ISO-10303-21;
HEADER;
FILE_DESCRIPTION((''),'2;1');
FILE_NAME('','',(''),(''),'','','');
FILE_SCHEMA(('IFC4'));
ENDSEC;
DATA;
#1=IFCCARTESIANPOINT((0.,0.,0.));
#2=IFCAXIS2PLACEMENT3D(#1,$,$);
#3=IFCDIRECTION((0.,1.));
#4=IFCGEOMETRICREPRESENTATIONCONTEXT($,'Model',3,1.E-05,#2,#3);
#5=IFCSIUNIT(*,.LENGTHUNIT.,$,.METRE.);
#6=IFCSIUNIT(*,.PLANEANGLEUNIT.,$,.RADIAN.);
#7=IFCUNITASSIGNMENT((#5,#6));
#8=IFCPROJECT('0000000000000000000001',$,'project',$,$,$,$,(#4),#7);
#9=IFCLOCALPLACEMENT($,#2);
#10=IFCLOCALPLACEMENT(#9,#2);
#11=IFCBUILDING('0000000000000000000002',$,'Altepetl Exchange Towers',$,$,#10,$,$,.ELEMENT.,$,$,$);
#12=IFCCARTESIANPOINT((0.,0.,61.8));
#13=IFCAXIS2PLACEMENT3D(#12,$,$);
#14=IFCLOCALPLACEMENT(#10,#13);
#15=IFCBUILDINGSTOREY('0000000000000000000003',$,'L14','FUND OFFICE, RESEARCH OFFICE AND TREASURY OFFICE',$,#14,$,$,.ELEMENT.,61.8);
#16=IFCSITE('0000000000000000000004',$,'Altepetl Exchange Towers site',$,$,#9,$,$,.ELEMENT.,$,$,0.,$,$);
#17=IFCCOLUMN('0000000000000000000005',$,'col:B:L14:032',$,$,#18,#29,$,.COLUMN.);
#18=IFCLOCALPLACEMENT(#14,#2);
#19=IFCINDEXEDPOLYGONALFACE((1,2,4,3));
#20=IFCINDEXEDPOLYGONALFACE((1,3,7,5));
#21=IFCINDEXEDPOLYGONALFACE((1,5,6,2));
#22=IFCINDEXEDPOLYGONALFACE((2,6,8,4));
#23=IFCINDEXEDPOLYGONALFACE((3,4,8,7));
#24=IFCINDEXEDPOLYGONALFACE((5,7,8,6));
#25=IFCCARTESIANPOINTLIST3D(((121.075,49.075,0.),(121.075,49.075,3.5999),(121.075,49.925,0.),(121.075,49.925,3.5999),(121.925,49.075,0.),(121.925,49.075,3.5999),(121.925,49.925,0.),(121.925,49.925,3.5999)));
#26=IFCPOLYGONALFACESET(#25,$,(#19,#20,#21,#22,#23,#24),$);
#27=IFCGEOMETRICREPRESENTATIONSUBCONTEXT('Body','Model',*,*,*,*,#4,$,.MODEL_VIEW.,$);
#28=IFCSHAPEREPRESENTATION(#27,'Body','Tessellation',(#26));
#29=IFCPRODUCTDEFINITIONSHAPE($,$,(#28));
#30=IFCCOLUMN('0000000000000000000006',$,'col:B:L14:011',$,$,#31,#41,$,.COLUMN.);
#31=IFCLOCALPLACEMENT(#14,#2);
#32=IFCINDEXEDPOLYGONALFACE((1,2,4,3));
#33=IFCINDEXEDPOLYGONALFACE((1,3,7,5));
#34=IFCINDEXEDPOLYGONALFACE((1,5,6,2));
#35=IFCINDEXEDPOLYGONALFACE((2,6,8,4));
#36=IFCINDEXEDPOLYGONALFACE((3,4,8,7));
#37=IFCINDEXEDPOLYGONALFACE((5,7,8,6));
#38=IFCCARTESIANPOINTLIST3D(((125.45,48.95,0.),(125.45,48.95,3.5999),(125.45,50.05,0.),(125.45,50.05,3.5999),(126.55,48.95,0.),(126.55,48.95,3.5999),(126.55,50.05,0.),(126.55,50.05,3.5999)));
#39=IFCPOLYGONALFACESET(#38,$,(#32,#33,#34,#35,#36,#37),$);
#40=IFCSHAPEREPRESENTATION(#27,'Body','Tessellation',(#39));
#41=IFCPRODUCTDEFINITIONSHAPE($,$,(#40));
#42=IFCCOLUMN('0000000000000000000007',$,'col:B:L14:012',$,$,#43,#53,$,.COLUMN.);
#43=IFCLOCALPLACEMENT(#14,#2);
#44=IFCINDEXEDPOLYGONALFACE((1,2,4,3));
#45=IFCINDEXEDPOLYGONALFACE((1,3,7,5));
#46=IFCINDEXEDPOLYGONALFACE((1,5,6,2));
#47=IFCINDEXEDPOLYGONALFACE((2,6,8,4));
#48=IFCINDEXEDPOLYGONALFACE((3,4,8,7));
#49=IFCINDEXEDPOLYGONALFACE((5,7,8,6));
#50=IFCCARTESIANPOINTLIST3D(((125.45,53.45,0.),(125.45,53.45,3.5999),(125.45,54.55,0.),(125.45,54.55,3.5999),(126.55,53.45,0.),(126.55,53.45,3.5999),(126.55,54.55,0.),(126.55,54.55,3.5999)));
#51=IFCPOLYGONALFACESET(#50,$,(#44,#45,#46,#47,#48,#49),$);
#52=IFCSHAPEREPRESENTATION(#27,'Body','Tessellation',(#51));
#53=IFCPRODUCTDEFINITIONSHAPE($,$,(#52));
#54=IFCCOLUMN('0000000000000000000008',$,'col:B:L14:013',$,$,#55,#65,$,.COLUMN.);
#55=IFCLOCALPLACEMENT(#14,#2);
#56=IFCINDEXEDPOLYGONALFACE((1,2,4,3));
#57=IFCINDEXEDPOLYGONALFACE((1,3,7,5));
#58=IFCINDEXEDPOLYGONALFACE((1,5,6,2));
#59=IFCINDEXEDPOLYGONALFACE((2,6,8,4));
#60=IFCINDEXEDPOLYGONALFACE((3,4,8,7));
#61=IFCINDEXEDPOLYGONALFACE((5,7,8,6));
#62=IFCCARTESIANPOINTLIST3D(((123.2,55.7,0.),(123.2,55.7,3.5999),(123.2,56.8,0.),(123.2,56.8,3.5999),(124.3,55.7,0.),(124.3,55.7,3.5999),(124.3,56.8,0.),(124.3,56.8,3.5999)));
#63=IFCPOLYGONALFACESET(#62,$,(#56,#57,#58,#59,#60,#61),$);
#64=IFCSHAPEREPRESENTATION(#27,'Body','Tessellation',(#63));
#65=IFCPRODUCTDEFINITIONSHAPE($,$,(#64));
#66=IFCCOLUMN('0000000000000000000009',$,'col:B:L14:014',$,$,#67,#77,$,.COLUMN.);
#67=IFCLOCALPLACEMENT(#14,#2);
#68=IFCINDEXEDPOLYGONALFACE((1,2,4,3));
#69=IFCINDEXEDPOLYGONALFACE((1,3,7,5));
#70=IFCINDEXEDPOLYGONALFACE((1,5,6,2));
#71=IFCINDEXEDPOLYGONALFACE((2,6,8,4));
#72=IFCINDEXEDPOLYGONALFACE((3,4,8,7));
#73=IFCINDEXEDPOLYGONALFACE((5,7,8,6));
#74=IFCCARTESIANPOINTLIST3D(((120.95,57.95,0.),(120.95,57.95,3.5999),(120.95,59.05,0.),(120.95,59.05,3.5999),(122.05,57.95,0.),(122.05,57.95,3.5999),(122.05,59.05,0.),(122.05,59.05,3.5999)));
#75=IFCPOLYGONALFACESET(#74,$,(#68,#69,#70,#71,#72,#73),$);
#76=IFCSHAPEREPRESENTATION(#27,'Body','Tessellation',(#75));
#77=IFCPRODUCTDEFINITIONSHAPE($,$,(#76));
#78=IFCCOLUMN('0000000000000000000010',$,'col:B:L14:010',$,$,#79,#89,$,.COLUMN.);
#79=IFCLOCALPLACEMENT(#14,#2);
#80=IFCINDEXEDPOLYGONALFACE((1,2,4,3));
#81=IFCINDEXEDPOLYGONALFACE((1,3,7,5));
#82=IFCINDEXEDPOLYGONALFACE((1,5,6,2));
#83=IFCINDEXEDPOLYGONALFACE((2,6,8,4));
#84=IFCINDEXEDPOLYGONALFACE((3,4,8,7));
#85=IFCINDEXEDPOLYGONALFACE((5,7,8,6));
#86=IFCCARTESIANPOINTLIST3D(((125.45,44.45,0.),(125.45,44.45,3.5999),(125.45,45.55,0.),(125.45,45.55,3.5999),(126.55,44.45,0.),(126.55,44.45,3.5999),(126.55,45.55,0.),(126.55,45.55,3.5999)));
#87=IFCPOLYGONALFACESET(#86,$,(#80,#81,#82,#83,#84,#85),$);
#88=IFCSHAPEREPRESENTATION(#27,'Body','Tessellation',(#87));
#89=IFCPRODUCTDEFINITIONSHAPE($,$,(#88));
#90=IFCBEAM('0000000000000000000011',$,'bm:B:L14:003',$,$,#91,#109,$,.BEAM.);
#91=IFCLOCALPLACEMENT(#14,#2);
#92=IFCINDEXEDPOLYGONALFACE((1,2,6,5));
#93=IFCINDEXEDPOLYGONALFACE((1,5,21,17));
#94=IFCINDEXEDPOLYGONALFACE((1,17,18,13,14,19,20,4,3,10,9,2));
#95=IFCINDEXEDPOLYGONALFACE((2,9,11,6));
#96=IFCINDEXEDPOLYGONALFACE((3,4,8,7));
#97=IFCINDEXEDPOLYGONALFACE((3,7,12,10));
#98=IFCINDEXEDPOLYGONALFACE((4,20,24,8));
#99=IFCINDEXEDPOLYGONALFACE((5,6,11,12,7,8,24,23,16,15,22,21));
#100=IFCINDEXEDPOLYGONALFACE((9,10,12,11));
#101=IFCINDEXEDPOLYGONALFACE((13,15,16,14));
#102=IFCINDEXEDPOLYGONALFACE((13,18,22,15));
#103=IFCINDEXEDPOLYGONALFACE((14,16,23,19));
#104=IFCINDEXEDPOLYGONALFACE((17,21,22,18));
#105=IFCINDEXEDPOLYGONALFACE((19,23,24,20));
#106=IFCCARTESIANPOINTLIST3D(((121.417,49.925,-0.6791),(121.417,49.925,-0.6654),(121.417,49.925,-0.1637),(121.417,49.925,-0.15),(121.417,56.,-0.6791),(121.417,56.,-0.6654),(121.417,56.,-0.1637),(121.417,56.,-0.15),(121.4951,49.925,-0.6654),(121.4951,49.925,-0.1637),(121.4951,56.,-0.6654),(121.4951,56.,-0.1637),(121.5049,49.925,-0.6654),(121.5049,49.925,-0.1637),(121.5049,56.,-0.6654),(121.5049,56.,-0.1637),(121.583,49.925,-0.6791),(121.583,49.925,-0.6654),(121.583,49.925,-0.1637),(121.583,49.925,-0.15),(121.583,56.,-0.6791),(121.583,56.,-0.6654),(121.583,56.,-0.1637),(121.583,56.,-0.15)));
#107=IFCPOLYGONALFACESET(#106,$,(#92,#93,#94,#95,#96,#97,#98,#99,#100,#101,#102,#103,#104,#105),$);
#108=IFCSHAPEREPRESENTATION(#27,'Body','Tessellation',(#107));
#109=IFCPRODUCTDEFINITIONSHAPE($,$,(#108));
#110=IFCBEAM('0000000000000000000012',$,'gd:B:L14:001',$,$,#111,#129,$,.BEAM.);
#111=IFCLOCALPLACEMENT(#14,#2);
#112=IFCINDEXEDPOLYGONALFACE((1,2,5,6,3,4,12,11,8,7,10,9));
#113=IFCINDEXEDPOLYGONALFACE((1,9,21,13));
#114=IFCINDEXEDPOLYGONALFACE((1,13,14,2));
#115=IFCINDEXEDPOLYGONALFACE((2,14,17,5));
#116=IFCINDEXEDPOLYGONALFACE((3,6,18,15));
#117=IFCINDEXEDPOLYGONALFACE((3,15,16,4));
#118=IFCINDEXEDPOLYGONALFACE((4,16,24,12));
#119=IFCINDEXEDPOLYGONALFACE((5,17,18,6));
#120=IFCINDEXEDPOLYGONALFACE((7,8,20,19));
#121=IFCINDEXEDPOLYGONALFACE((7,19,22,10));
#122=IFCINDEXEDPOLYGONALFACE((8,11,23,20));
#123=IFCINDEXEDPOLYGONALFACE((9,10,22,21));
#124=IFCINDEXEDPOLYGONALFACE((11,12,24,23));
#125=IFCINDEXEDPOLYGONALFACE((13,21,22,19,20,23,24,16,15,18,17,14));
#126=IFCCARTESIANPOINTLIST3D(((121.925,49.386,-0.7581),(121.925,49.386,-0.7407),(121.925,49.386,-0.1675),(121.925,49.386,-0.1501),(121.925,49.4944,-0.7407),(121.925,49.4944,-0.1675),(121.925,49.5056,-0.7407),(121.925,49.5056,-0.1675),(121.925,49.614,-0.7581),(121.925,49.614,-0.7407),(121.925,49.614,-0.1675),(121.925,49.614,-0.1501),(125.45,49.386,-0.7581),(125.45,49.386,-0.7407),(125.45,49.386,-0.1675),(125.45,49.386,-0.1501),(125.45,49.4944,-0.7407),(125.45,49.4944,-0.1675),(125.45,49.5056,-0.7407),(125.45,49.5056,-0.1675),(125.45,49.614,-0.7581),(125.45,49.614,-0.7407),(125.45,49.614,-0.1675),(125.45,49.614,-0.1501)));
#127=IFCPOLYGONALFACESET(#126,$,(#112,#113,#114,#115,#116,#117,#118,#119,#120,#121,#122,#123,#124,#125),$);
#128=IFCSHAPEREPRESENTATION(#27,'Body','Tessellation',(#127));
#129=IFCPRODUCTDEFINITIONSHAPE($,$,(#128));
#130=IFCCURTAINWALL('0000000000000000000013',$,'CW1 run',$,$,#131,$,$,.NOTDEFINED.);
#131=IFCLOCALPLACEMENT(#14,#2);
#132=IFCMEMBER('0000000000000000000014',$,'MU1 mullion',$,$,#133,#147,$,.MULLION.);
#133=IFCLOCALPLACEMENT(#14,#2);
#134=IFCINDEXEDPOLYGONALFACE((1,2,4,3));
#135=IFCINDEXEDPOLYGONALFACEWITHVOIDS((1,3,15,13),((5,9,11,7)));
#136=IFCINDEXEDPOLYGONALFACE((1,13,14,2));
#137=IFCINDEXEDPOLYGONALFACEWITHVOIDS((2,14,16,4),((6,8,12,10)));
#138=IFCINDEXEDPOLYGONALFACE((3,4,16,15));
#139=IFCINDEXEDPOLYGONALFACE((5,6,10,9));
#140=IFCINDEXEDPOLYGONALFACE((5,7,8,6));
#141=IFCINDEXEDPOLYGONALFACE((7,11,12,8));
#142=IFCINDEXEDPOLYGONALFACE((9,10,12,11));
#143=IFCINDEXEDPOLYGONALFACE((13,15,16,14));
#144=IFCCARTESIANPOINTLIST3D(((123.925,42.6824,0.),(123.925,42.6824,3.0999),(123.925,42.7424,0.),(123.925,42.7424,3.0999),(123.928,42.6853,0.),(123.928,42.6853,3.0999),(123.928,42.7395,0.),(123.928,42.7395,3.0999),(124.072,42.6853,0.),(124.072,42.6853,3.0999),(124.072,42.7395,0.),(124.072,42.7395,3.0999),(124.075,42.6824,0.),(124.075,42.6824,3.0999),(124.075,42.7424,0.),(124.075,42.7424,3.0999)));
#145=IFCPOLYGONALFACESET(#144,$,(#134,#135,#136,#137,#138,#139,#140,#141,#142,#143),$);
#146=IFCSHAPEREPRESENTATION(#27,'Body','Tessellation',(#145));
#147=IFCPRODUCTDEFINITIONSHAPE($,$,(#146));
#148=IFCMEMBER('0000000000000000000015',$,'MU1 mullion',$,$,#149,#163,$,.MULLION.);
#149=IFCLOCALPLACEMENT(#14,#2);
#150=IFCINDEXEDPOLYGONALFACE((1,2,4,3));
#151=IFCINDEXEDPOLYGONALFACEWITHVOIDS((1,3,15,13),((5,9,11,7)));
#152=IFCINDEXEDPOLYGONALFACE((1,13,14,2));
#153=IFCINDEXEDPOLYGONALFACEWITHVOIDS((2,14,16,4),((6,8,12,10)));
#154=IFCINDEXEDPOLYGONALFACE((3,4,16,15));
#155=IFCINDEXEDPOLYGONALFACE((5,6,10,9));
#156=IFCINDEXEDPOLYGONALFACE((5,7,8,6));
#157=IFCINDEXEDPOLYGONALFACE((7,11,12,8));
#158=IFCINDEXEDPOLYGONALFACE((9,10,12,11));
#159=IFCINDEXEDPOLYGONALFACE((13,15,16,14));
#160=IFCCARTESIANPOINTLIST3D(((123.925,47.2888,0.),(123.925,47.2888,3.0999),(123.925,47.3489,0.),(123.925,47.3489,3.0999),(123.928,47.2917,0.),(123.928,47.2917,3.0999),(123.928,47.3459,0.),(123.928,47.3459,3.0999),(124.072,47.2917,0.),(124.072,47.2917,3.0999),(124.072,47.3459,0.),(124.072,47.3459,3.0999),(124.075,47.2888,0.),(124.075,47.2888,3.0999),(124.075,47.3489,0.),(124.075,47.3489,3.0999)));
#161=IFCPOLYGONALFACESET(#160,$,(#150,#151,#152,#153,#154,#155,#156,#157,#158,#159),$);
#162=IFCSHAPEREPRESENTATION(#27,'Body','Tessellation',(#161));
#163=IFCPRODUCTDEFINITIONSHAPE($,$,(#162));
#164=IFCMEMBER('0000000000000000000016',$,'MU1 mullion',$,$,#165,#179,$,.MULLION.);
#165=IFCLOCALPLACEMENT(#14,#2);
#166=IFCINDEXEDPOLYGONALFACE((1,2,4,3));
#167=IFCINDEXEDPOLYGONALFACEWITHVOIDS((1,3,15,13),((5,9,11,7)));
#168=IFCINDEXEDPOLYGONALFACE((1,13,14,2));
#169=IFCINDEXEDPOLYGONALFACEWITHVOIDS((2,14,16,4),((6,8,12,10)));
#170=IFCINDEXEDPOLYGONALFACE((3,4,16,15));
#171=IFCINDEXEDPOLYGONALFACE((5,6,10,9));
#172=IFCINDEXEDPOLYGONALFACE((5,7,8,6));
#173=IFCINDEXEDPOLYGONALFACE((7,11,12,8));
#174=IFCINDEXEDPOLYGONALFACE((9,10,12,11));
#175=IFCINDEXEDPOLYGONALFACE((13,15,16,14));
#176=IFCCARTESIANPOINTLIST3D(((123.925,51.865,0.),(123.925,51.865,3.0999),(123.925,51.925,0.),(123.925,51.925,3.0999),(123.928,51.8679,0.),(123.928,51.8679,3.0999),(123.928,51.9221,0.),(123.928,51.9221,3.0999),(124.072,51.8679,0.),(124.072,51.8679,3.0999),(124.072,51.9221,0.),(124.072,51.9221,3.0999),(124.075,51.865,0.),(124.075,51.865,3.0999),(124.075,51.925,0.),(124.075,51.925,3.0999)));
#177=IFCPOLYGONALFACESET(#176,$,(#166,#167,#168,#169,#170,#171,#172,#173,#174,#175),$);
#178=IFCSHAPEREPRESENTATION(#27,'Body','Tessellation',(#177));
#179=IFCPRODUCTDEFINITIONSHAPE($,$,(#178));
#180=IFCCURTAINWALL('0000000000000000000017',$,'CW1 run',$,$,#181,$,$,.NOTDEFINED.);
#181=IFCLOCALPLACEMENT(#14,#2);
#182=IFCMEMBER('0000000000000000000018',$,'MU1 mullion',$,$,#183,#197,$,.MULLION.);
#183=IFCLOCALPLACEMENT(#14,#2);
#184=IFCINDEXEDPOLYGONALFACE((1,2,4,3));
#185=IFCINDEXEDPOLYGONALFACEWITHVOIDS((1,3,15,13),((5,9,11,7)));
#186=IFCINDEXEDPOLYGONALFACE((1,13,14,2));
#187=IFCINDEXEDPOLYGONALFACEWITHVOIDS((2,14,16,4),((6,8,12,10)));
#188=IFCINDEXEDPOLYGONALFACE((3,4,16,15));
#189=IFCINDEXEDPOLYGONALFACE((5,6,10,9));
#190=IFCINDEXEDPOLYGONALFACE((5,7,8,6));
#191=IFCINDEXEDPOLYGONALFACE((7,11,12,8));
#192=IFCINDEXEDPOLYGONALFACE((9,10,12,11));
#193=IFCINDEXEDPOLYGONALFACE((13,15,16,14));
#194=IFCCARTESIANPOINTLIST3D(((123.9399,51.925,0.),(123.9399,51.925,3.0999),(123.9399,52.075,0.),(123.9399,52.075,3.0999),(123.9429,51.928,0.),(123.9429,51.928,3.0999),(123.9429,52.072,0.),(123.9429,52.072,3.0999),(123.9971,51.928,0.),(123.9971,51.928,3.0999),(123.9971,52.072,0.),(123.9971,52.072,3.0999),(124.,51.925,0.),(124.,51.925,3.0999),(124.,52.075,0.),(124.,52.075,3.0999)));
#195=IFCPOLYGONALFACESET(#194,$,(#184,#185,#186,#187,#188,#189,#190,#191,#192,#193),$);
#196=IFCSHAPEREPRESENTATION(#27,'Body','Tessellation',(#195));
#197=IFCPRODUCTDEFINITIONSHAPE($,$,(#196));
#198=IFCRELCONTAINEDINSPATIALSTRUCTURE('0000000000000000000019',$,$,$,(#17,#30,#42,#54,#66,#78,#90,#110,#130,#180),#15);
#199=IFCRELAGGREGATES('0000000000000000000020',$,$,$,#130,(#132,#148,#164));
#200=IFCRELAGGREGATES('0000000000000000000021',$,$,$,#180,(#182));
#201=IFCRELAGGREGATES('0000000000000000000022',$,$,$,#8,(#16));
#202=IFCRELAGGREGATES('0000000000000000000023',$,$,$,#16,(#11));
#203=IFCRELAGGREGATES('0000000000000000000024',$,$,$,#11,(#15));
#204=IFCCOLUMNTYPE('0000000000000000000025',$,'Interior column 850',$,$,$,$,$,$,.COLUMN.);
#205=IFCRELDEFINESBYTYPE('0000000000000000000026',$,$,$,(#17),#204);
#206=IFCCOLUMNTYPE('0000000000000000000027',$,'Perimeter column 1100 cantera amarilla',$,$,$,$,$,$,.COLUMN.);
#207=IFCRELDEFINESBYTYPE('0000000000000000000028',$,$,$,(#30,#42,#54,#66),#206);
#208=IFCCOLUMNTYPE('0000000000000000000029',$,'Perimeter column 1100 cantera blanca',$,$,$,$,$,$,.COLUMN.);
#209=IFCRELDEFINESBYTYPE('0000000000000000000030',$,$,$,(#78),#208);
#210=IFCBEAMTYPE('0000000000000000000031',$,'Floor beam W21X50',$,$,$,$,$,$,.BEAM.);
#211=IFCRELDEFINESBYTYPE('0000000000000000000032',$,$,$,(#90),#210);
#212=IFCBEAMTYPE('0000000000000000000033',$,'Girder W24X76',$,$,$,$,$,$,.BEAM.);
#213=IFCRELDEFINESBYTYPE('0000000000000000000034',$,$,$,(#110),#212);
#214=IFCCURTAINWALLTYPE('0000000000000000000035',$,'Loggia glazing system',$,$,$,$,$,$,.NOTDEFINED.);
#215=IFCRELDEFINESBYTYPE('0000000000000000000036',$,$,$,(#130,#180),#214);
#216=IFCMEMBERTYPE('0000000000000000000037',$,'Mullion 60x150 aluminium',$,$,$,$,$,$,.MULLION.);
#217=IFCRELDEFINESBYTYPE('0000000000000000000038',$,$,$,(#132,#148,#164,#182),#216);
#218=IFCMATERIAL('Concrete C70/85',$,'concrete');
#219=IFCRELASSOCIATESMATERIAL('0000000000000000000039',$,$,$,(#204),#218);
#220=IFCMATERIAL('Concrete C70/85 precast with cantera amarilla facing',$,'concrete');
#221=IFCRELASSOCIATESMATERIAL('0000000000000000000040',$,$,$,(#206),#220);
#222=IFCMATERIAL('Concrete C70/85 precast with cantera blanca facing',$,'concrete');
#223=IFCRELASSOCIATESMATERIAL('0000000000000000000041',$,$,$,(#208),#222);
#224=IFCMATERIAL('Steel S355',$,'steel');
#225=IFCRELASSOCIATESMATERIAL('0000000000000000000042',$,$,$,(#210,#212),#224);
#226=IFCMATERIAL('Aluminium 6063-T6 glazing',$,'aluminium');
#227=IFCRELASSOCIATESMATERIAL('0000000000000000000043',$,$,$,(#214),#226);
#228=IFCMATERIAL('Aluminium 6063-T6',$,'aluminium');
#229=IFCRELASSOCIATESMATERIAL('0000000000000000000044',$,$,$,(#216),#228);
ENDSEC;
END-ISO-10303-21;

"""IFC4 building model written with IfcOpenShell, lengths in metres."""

from ifc_helpers import new_model, si_unit, direction, frame, origin, origin_2d, place, context, subcontext, project, spatial, rectangle, hollow_rectangle, i_section, extrude, material, material_profile, profile_set, type_object, element, aggregate, save


model = new_model("IFC4")

# Units and contexts
model_context = context("Model", 3, precision=1e-05, world=origin(), true_north=direction((0.0, 1.0)))
body_context = subcontext(model_context, "Body", "Model", "MODEL_VIEW")
ifc_project = project(units=[si_unit("LENGTHUNIT", "METRE"), si_unit("PLANEANGLEUNIT", "RADIAN")], contexts=[model_context])

# Site, building, storey
site_placement = place(None, origin())
site = spatial("IfcSite", under=ifc_project, at=site_placement, Name="Altepetl Exchange Towers site", CompositionType="ELEMENT", RefElevation=0.0)
building_placement = place(site_placement, origin())
building = spatial("IfcBuilding", under=site, at=building_placement, Name="Altepetl Exchange Towers", CompositionType="ELEMENT")
storey_placement = place(building_placement, frame((0.0, 0.0, 61.8)))
storey = spatial("IfcBuildingStorey", under=building, at=storey_placement, Name="L14", Description="FUND OFFICE, RESEARCH OFFICE AND TREASURY OFFICE", CompositionType="ELEMENT", Elevation=61.8)

# Columns
ifc_material_1 = material(Name="Concrete C70/85", Category="concrete")
ifc_material_profile_1 = material_profile(ifc_material_1, rectangle(XDim=0.8501, YDim=0.8501, at=origin_2d()), Name="850 x 850")
ifc_profile_set_1 = profile_set([ifc_material_profile_1], Name="Concrete C70/85")
column_type_1 = type_object("IfcColumnType", Name="Interior column 850", PredefinedType="COLUMN", material=ifc_profile_set_1)
column_1_placement = place(storey_placement, frame((121.5, 49.5, 0.0)))
element("IfcColumn", 1, at=column_1_placement, inside=storey, type_object=column_type_1, Name="col:B:L14:032", PredefinedType="COLUMN", context=body_context, shape_type="SweptSolid", body=[
    extrude(rectangle(XDim=0.8501, YDim=0.8501, at=origin_2d()), origin(), (0.0, 0.0, 1.0), 3.5999),
])
ifc_material_2 = material(Name="Concrete C70/85 precast with cantera amarilla facing", Category="concrete")
ifc_material_profile_2 = material_profile(ifc_material_2, rectangle(XDim=1.1001, YDim=1.1001, at=origin_2d()), Name="1100 x 1100")
ifc_profile_set_2 = profile_set([ifc_material_profile_2], Name="Concrete C70/85 precast with cantera amarilla facing")
column_type_2 = type_object("IfcColumnType", Name="Perimeter column 1100 cantera amarilla", PredefinedType="COLUMN", material=ifc_profile_set_2)
for number, where, name in (
    (2, (126.0, 49.5, 0.0), "col:B:L14:011"),
    (3, (126.0, 54.0, 0.0), "col:B:L14:012"),
    (4, (123.75, 56.25, 0.0), "col:B:L14:013"),
    (5, (121.5, 58.5, 0.0), "col:B:L14:014"),
):
    element("IfcColumn", number, at=place(storey_placement, frame(where)), inside=storey, type_object=column_type_2, Name=name, PredefinedType="COLUMN", context=body_context, shape_type="SweptSolid", body=[
        extrude(rectangle(XDim=1.1001, YDim=1.1001, at=origin_2d()), origin(), (0.0, 0.0, 1.0), 3.5999),
    ])
ifc_material_3 = material(Name="Concrete C70/85 precast with cantera blanca facing", Category="concrete")
ifc_material_profile_3 = material_profile(ifc_material_3, rectangle(XDim=1.1001, YDim=1.1001, at=origin_2d()), Name="1100 x 1100")
ifc_profile_set_3 = profile_set([ifc_material_profile_3], Name="Concrete C70/85 precast with cantera blanca facing")
column_type_3 = type_object("IfcColumnType", Name="Perimeter column 1100 cantera blanca", PredefinedType="COLUMN", material=ifc_profile_set_3)
column_2_placement = place(storey_placement, frame((126.0, 45.0, 0.0)))
element("IfcColumn", 6, at=column_2_placement, inside=storey, type_object=column_type_3, Name="col:B:L14:010", PredefinedType="COLUMN", context=body_context, shape_type="SweptSolid", body=[
    extrude(rectangle(XDim=1.1001, YDim=1.1001, at=origin_2d()), origin(), (0.0, 0.0, 1.0), 3.5999),
])

# Beams
ifc_material_4 = material(Name="Steel S355", Category="steel")
ifc_material_profile_4 = material_profile(ifc_material_4, i_section(OverallWidth=0.166, OverallDepth=0.5291, WebThickness=0.0098, FlangeThickness=0.0137, at=origin_2d()), Name="W21X50")
ifc_profile_set_4 = profile_set([ifc_material_profile_4], Name="Steel S355")
beam_type_1 = type_object("IfcBeamType", Name="Floor beam W21X50", PredefinedType="BEAM", material=ifc_profile_set_4)
beam_1_placement = place(storey_placement, frame((121.5, 49.925, -0.4146), z_axis=(0.0, 1.0, 0.0), x_axis=(-1.0, 0.0, 0.0)))
element("IfcBeam", 7, at=beam_1_placement, inside=storey, type_object=beam_type_1, Name="bm:B:L14:003", PredefinedType="BEAM", context=body_context, shape_type="SweptSolid", body=[
    extrude(i_section(OverallWidth=0.166, OverallDepth=0.5291, WebThickness=0.0098, FlangeThickness=0.0137, at=origin_2d()), origin(), (0.0, 0.0, 1.0), 6.075),
])
ifc_material_profile_5 = material_profile(ifc_material_4, i_section(OverallWidth=0.228, OverallDepth=0.6079, WebThickness=0.0112, FlangeThickness=0.0173, at=origin_2d()), Name="W24X76")
ifc_profile_set_5 = profile_set([ifc_material_profile_5], Name="Steel S355")
beam_type_2 = type_object("IfcBeamType", Name="Girder W24X76", PredefinedType="BEAM", material=ifc_profile_set_5)
beam_2_placement = place(storey_placement, frame((121.925, 49.5, -0.4541), z_axis=(1.0, 0.0, 0.0), x_axis=(0.0, 1.0, 0.0)))
element("IfcBeam", 8, at=beam_2_placement, inside=storey, type_object=beam_type_2, Name="gd:B:L14:001", PredefinedType="BEAM", context=body_context, shape_type="SweptSolid", body=[
    extrude(i_section(OverallWidth=0.228, OverallDepth=0.6079, WebThickness=0.0112, FlangeThickness=0.0173, at=origin_2d()), origin(), (0.0, 0.0, 1.0), 3.5249),
])

# Curtain walls, members
ifc_material_5 = material(Name="Aluminium 6063-T6 glazing", Category="aluminium")
curtain_wall_type = type_object("IfcCurtainWallType", Name="Loggia glazing system", PredefinedType="NOTDEFINED", material=ifc_material_5)
curtain_wall_1_placement = place(storey_placement, origin())
curtain_wall_1 = element("IfcCurtainWall", 9, at=curtain_wall_1_placement, inside=storey, type_object=curtain_wall_type, Name="CW1 run", PredefinedType="NOTDEFINED")
ifc_material_6 = material(Name="Aluminium 6063-T6", Category="aluminium")
ifc_material_profile_6 = material_profile(ifc_material_6, hollow_rectangle(XDim=0.0601, YDim=0.1499, WallThickness=0.0029, at=origin_2d()), Name="Mullion 60x150 aluminium")
ifc_profile_set_6 = profile_set([ifc_material_profile_6], Name="Aluminium 6063-T6")
member_type = type_object("IfcMemberType", Name="Mullion 60x150 aluminium", PredefinedType="MULLION", material=ifc_profile_set_6)
member_1_placement = place(storey_placement, frame((124.0, 42.7124, 0.0), z_axis=(0.0, 0.0, 1.0), x_axis=(0.0, 1.0, 0.0)))
member_1 = element("IfcMember", 10, at=member_1_placement, type_object=member_type, Name="MU1 mullion", PredefinedType="MULLION", context=body_context, shape_type="SweptSolid", body=[
    extrude(hollow_rectangle(XDim=0.0601, YDim=0.1499, WallThickness=0.0029, at=origin_2d()), origin(), (0.0, 0.0, 1.0), 3.0999),
])
member_2_placement = place(storey_placement, frame((124.0, 47.3188, 0.0), z_axis=(0.0, 0.0, 1.0), x_axis=(0.0, 1.0, 0.0)))
member_2 = element("IfcMember", 11, at=member_2_placement, type_object=member_type, Name="MU1 mullion", PredefinedType="MULLION", context=body_context, shape_type="SweptSolid", body=[
    extrude(hollow_rectangle(XDim=0.0601, YDim=0.1499, WallThickness=0.0029, at=origin_2d()), origin(), (0.0, 0.0, 1.0), 3.0999),
])
member_3_placement = place(storey_placement, frame((124.0, 51.895, 0.0), z_axis=(0.0, 0.0, 1.0), x_axis=(0.0, 1.0, 0.0)))
member_3 = element("IfcMember", 12, at=member_3_placement, type_object=member_type, Name="MU1 mullion", PredefinedType="MULLION", context=body_context, shape_type="SweptSolid", body=[
    extrude(hollow_rectangle(XDim=0.0601, YDim=0.1499, WallThickness=0.0029, at=origin_2d()), origin(), (0.0, 0.0, 1.0), 3.0999),
])
curtain_wall_2_placement = place(storey_placement, origin())
curtain_wall_2 = element("IfcCurtainWall", 13, at=curtain_wall_2_placement, inside=storey, type_object=curtain_wall_type, Name="CW1 run", PredefinedType="NOTDEFINED")
member_4_placement = place(storey_placement, frame((123.97, 52.0, 0.0), z_axis=(0.0, 0.0, 1.0), x_axis=(-1.0, 0.0, 0.0)))
member_4 = element("IfcMember", 14, at=member_4_placement, type_object=member_type, Name="MU1 mullion", PredefinedType="MULLION", context=body_context, shape_type="SweptSolid", body=[
    extrude(hollow_rectangle(XDim=0.0601, YDim=0.1499, WallThickness=0.0029, at=origin_2d()), origin(), (0.0, 0.0, 1.0), 3.0999),
])

aggregate(curtain_wall_1, [member_1, member_2, member_3])
aggregate(curtain_wall_2, [member_4])

save(model, "model.ifc")
